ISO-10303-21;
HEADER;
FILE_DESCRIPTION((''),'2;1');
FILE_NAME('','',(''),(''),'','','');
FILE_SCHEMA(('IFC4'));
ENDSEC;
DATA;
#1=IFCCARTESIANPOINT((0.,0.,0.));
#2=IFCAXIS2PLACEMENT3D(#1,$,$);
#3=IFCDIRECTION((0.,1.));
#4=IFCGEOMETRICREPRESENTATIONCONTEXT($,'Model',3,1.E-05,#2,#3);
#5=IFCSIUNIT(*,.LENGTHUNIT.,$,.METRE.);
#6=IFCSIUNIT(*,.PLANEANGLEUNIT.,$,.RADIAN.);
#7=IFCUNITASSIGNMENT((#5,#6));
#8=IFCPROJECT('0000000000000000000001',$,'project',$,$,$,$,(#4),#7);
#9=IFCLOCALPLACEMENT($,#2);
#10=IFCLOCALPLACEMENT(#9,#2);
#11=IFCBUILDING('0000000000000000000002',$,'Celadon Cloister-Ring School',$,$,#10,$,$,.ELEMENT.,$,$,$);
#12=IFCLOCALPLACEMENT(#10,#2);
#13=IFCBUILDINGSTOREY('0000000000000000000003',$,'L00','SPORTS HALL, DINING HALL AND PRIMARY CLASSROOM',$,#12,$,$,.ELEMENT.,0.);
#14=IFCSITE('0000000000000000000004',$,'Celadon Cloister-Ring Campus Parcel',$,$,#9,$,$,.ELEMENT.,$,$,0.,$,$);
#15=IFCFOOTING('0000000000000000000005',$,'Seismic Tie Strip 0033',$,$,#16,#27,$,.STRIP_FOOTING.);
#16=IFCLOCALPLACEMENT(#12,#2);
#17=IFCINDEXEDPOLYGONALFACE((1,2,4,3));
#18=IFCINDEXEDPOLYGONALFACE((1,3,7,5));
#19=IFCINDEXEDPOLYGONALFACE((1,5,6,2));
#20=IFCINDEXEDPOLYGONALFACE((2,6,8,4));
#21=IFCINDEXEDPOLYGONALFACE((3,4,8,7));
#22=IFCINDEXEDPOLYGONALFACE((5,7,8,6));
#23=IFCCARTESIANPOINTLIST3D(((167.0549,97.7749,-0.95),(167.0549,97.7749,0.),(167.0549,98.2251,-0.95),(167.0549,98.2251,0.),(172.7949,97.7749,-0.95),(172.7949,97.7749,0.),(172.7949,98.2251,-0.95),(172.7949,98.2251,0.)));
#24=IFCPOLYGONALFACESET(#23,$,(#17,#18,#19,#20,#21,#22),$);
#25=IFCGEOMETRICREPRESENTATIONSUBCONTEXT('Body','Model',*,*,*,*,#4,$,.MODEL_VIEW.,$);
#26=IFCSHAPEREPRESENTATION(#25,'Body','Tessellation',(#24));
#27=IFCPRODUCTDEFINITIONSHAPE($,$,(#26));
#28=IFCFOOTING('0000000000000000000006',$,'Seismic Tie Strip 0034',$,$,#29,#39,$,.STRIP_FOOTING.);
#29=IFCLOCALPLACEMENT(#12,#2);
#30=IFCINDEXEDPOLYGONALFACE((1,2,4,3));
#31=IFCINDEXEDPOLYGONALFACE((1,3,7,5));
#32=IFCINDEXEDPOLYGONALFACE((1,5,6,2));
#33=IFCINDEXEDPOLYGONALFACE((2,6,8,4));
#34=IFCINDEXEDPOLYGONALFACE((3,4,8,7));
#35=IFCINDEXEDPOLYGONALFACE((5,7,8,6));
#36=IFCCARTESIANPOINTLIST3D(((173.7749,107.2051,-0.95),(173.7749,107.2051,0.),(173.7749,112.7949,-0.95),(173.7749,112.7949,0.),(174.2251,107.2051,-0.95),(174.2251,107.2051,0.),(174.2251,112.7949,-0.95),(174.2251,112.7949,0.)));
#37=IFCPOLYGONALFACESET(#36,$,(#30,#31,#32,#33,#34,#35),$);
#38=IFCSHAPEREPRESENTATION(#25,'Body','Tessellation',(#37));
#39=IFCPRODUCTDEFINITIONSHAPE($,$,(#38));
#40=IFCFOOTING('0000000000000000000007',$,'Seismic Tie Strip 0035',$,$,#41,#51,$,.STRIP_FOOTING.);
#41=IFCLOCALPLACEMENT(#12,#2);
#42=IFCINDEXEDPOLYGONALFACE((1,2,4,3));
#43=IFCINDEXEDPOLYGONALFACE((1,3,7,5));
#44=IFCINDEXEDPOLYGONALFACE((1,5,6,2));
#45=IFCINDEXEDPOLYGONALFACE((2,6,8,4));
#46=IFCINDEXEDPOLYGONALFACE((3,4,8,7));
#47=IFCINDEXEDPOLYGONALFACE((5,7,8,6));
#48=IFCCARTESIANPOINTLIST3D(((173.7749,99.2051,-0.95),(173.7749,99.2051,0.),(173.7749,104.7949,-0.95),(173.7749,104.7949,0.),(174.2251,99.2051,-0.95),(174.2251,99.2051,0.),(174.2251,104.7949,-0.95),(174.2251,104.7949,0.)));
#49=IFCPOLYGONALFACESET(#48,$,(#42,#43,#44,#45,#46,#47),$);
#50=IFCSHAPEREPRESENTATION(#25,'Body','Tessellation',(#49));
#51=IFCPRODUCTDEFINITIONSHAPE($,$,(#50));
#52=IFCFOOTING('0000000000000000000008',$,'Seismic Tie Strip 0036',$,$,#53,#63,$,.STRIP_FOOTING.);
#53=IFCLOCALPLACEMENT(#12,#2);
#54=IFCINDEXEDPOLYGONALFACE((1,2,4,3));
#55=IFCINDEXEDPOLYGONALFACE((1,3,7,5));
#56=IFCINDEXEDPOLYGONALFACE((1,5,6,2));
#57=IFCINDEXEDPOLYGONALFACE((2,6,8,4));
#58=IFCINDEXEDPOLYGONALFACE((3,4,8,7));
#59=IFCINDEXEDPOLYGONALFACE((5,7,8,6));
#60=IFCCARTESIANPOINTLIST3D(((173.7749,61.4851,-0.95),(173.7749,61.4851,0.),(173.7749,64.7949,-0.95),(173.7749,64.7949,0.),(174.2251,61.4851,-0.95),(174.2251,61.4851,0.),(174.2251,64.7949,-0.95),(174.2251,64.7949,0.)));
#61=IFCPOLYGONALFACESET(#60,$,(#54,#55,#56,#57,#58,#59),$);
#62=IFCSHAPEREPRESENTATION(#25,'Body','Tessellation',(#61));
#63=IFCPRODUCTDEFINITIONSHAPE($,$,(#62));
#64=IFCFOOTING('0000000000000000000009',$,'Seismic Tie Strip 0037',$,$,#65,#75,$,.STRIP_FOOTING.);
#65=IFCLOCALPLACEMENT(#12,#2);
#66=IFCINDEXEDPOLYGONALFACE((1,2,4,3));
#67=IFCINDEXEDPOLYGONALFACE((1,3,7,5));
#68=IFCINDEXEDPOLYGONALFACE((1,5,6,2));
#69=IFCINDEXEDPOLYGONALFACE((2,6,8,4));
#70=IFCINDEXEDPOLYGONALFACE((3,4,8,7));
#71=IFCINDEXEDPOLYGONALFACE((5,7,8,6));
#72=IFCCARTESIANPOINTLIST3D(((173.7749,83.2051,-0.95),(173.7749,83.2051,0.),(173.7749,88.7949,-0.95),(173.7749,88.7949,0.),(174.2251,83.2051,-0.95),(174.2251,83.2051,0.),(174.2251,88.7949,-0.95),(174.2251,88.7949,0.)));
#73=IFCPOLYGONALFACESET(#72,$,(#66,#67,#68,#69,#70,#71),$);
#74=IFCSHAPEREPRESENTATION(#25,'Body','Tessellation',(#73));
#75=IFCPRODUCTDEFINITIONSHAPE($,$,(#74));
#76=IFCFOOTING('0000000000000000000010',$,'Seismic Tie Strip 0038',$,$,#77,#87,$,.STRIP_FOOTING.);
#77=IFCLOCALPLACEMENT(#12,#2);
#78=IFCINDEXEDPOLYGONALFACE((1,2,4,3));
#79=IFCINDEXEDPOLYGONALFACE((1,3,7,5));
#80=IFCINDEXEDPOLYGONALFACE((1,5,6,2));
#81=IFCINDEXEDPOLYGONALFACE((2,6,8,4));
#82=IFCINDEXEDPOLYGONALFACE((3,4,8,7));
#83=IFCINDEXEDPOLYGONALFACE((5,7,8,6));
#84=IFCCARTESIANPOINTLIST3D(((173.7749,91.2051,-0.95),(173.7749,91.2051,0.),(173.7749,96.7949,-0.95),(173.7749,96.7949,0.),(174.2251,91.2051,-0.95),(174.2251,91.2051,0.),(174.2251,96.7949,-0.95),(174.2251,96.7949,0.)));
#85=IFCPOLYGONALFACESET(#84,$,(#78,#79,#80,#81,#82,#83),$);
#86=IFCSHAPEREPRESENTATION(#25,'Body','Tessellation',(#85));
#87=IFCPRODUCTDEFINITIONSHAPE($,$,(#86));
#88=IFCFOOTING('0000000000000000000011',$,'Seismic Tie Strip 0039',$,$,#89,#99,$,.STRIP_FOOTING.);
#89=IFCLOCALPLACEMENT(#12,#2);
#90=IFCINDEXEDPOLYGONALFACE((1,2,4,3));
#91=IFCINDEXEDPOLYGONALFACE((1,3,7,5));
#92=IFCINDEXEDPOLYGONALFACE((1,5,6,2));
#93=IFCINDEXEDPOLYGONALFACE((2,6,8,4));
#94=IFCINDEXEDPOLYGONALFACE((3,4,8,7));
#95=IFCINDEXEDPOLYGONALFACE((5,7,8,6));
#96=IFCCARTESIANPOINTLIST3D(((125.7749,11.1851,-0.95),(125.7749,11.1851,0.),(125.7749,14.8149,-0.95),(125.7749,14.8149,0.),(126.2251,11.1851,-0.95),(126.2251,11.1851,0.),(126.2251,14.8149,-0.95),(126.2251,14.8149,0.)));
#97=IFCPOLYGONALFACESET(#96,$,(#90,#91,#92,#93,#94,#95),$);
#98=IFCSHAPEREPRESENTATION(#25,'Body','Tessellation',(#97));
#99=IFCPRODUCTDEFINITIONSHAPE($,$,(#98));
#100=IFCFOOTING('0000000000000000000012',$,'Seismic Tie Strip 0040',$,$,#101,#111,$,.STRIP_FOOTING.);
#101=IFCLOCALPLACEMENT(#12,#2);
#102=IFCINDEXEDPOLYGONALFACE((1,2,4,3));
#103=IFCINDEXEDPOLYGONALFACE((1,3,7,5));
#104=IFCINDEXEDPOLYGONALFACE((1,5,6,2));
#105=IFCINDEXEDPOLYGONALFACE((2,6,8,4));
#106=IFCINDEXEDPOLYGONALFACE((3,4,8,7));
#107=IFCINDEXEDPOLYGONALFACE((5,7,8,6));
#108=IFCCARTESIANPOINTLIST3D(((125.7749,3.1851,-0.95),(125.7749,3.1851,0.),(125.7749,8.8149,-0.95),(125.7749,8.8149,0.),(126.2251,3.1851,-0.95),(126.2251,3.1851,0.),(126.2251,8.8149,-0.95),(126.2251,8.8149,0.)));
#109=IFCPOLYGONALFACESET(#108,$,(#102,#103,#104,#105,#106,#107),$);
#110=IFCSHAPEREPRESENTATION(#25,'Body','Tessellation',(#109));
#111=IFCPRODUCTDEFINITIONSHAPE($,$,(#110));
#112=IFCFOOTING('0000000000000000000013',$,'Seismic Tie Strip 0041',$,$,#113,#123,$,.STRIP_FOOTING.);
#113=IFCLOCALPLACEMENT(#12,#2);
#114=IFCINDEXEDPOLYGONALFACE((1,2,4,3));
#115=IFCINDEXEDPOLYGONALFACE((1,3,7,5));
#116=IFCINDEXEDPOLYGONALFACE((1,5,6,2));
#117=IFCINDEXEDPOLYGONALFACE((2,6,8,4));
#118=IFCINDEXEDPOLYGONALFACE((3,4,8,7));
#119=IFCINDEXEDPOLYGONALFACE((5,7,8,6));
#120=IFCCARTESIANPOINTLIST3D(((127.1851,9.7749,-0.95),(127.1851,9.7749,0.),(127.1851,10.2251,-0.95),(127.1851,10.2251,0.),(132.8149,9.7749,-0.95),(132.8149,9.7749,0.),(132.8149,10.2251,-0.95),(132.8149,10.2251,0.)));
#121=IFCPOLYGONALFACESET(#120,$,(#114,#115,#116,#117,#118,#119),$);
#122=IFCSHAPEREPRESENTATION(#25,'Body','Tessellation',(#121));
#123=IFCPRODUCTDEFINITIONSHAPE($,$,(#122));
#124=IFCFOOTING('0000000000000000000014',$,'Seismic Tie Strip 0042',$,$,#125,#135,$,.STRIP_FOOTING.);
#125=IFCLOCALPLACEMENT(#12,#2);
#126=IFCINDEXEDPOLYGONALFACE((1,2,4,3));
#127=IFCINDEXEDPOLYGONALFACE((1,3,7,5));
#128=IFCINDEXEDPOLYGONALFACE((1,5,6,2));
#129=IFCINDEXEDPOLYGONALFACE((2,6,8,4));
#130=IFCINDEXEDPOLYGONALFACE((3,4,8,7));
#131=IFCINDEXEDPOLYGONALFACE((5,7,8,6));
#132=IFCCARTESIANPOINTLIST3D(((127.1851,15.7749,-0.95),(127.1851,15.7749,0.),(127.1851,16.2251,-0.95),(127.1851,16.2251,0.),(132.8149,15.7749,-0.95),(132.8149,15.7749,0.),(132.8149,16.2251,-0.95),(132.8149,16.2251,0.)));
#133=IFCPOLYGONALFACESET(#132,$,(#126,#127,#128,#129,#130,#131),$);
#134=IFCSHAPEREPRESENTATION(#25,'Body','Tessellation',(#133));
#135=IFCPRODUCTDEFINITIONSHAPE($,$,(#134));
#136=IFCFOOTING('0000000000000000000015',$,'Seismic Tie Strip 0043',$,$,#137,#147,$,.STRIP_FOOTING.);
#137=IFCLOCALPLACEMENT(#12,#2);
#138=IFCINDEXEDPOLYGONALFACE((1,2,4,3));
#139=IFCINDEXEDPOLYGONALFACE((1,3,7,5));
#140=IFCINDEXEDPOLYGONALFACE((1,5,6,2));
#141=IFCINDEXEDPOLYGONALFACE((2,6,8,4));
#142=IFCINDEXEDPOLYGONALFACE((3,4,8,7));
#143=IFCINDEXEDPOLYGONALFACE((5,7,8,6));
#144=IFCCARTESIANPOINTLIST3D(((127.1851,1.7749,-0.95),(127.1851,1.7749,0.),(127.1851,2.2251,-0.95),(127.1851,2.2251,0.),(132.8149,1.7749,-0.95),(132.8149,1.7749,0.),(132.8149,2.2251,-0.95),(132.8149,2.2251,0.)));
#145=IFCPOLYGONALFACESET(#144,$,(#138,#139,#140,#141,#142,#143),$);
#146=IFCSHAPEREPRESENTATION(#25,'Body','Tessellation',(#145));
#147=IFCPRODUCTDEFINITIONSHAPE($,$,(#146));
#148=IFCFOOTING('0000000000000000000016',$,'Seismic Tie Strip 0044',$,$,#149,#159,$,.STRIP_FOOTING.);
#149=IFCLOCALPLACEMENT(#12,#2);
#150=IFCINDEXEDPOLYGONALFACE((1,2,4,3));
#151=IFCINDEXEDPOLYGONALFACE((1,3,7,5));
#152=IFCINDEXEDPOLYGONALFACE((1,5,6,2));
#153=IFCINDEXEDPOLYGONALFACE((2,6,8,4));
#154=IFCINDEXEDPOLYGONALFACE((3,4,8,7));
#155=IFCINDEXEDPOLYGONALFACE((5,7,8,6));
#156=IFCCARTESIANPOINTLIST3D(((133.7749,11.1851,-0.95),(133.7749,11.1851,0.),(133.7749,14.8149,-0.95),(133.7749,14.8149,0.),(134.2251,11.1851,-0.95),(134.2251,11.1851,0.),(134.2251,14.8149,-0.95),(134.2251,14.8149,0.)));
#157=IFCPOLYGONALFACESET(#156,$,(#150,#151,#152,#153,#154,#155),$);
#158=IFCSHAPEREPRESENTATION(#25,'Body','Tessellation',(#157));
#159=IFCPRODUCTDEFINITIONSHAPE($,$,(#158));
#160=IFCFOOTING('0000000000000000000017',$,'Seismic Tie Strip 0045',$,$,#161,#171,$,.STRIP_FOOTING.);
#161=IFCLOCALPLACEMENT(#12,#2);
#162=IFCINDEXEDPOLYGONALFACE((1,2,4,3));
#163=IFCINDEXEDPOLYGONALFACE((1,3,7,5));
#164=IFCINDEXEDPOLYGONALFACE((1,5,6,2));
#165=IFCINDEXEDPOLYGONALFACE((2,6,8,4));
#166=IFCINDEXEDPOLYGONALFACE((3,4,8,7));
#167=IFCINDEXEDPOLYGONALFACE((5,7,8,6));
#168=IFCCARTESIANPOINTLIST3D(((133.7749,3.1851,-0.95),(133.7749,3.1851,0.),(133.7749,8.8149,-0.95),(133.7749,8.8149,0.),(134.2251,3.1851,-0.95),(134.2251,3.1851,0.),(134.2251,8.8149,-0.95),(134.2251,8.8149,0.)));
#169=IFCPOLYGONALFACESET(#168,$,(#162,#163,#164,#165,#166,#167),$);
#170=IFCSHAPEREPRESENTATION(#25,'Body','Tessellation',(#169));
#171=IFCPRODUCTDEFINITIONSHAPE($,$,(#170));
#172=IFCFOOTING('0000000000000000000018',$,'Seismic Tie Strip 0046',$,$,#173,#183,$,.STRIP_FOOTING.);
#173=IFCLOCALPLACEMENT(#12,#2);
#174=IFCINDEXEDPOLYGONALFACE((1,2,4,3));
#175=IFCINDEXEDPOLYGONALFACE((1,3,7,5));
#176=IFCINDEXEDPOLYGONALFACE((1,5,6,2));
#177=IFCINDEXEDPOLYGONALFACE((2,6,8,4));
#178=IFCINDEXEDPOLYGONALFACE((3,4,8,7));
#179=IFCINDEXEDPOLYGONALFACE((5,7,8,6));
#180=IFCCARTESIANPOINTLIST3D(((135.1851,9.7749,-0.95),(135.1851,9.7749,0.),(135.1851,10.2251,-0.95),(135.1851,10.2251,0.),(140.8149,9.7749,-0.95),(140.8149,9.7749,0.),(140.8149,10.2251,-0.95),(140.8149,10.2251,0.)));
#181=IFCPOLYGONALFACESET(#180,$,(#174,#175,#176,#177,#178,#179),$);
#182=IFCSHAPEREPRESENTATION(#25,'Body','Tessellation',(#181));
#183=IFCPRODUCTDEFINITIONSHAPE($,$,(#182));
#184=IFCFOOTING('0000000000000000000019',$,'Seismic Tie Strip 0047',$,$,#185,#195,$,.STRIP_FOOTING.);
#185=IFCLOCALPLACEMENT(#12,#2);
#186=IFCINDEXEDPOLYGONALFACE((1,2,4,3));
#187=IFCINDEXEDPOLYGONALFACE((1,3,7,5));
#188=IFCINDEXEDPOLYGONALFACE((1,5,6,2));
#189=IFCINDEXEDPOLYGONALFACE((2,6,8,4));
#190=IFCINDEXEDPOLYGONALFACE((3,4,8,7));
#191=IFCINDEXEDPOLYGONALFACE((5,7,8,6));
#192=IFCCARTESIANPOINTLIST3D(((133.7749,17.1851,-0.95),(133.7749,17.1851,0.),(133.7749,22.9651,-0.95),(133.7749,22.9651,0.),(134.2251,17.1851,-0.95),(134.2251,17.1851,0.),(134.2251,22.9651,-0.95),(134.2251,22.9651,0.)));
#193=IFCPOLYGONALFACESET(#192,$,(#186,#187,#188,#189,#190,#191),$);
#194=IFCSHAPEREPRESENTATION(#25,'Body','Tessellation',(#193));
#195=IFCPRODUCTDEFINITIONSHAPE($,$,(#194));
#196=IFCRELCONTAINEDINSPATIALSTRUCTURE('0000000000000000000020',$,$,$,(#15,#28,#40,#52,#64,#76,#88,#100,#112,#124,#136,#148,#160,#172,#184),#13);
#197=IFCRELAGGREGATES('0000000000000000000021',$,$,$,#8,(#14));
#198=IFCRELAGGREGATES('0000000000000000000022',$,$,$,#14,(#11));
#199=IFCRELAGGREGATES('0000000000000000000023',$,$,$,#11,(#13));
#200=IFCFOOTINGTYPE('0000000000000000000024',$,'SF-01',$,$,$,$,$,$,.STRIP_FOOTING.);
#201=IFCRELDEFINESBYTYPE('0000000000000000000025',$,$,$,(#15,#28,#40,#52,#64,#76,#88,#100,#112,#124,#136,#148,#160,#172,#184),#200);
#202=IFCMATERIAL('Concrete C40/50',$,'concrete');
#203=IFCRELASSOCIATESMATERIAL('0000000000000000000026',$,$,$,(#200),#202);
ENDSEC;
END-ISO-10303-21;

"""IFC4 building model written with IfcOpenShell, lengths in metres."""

from ifc_helpers import new_model, si_unit, direction, frame, origin, place, context, subcontext, project, spatial, polyline, outline, extrude, material, type_object, element, save


model = new_model("IFC4")

# Units and contexts
model_context = context("Model", 3, precision=1e-05, world=origin(), true_north=direction((0.0, 1.0)))
body_context = subcontext(model_context, "Body", "Model", "MODEL_VIEW")
ifc_project = project(units=[si_unit("LENGTHUNIT", "METRE"), si_unit("PLANEANGLEUNIT", "RADIAN")], contexts=[model_context])

# Site, building, storey
site_placement = place(None, origin())
site = spatial("IfcSite", under=ifc_project, at=site_placement, Name="Celadon Cloister-Ring Campus Parcel", CompositionType="ELEMENT", RefElevation=0.0)
building_placement = place(site_placement, origin())
building = spatial("IfcBuilding", under=site, at=building_placement, Name="Celadon Cloister-Ring School", CompositionType="ELEMENT")
storey_placement = place(building_placement, origin())
storey = spatial("IfcBuildingStorey", under=building, at=storey_placement, Name="L00", Description="SPORTS HALL, DINING HALL AND PRIMARY CLASSROOM", CompositionType="ELEMENT", Elevation=0.0)

# Footings
ifc_material = material(Name="Concrete C40/50", Category="concrete")
footing_type = type_object("IfcFootingType", Name="SF-01", PredefinedType="STRIP_FOOTING", material=ifc_material)
footing_1_placement = place(storey_placement, frame((0.0, 0.0, -0.95)))
element("IfcFooting", 1, at=footing_1_placement, inside=storey, type_object=footing_type, Name="Seismic Tie Strip 0033", PredefinedType="STRIP_FOOTING", context=body_context, shape_type="SweptSolid", body=[
    extrude(outline(polyline([(167.0549, 97.7749), (172.7949, 97.7749), (172.7949, 98.2251), (167.0549, 98.2251), (167.0549, 97.7749)])), origin(), (0.0, 0.0, 1.0), 0.95),
])
footing_2_placement = place(storey_placement, frame((0.0, 0.0, -0.95)))
element("IfcFooting", 2, at=footing_2_placement, inside=storey, type_object=footing_type, Name="Seismic Tie Strip 0034", PredefinedType="STRIP_FOOTING", context=body_context, shape_type="SweptSolid", body=[
    extrude(outline(polyline([(174.2251, 107.2051), (174.2251, 112.7949), (173.7749, 112.7949), (173.7749, 107.2051), (174.2251, 107.2051)])), origin(), (0.0, 0.0, 1.0), 0.95),
])
footing_3_placement = place(storey_placement, frame((0.0, 0.0, -0.95)))
element("IfcFooting", 3, at=footing_3_placement, inside=storey, type_object=footing_type, Name="Seismic Tie Strip 0035", PredefinedType="STRIP_FOOTING", context=body_context, shape_type="SweptSolid", body=[
    extrude(outline(polyline([(173.7749, 104.7949), (173.7749, 99.2051), (174.2251, 99.2051), (174.2251, 104.7949), (173.7749, 104.7949)])), origin(), (0.0, 0.0, 1.0), 0.95),
])
footing_4_placement = place(storey_placement, frame((0.0, 0.0, -0.95)))
element("IfcFooting", 4, at=footing_4_placement, inside=storey, type_object=footing_type, Name="Seismic Tie Strip 0036", PredefinedType="STRIP_FOOTING", context=body_context, shape_type="SweptSolid", body=[
    extrude(outline(polyline([(173.7749, 64.7949), (173.7749, 61.4851), (174.2251, 61.4851), (174.2251, 64.7949), (173.7749, 64.7949)])), origin(), (0.0, 0.0, 1.0), 0.95),
])
footing_5_placement = place(storey_placement, frame((0.0, 0.0, -0.95)))
element("IfcFooting", 5, at=footing_5_placement, inside=storey, type_object=footing_type, Name="Seismic Tie Strip 0037", PredefinedType="STRIP_FOOTING", context=body_context, shape_type="SweptSolid", body=[
    extrude(outline(polyline([(174.2251, 83.2051), (174.2251, 88.7949), (173.7749, 88.7949), (173.7749, 83.2051), (174.2251, 83.2051)])), origin(), (0.0, 0.0, 1.0), 0.95),
])
footing_6_placement = place(storey_placement, frame((0.0, 0.0, -0.95)))
element("IfcFooting", 6, at=footing_6_placement, inside=storey, type_object=footing_type, Name="Seismic Tie Strip 0038", PredefinedType="STRIP_FOOTING", context=body_context, shape_type="SweptSolid", body=[
    extrude(outline(polyline([(174.2251, 91.2051), (174.2251, 96.7949), (173.7749, 96.7949), (173.7749, 91.2051), (174.2251, 91.2051)])), origin(), (0.0, 0.0, 1.0), 0.95),
])
footing_7_placement = place(storey_placement, frame((0.0, 0.0, -0.95)))
element("IfcFooting", 7, at=footing_7_placement, inside=storey, type_object=footing_type, Name="Seismic Tie Strip 0039", PredefinedType="STRIP_FOOTING", context=body_context, shape_type="SweptSolid", body=[
    extrude(outline(polyline([(126.2251, 11.1851), (126.2251, 14.8149), (125.7749, 14.8149), (125.7749, 11.1851), (126.2251, 11.1851)])), origin(), (0.0, 0.0, 1.0), 0.95),
])
footing_8_placement = place(storey_placement, frame((0.0, 0.0, -0.95)))
element("IfcFooting", 8, at=footing_8_placement, inside=storey, type_object=footing_type, Name="Seismic Tie Strip 0040", PredefinedType="STRIP_FOOTING", context=body_context, shape_type="SweptSolid", body=[
    extrude(outline(polyline([(125.7749, 8.8149), (125.7749, 3.1851), (126.2251, 3.1851), (126.2251, 8.8149), (125.7749, 8.8149)])), origin(), (0.0, 0.0, 1.0), 0.95),
])
footing_9_placement = place(storey_placement, frame((0.0, 0.0, -0.95)))
element("IfcFooting", 9, at=footing_9_placement, inside=storey, type_object=footing_type, Name="Seismic Tie Strip 0041", PredefinedType="STRIP_FOOTING", context=body_context, shape_type="SweptSolid", body=[
    extrude(outline(polyline([(127.1851, 9.7749), (132.8149, 9.7749), (132.8149, 10.2251), (127.1851, 10.2251), (127.1851, 9.7749)])), origin(), (0.0, 0.0, 1.0), 0.95),
])
footing_10_placement = place(storey_placement, frame((0.0, 0.0, -0.95)))
element("IfcFooting", 10, at=footing_10_placement, inside=storey, type_object=footing_type, Name="Seismic Tie Strip 0042", PredefinedType="STRIP_FOOTING", context=body_context, shape_type="SweptSolid", body=[
    extrude(outline(polyline([(127.1851, 15.7749), (132.8149, 15.7749), (132.8149, 16.2251), (127.1851, 16.2251), (127.1851, 15.7749)])), origin(), (0.0, 0.0, 1.0), 0.95),
])
footing_11_placement = place(storey_placement, frame((0.0, 0.0, -0.95)))
element("IfcFooting", 11, at=footing_11_placement, inside=storey, type_object=footing_type, Name="Seismic Tie Strip 0043", PredefinedType="STRIP_FOOTING", context=body_context, shape_type="SweptSolid", body=[
    extrude(outline(polyline([(127.1851, 1.7749), (132.8149, 1.7749), (132.8149, 2.2251), (127.1851, 2.2251), (127.1851, 1.7749)])), origin(), (0.0, 0.0, 1.0), 0.95),
])
footing_12_placement = place(storey_placement, frame((0.0, 0.0, -0.95)))
element("IfcFooting", 12, at=footing_12_placement, inside=storey, type_object=footing_type, Name="Seismic Tie Strip 0044", PredefinedType="STRIP_FOOTING", context=body_context, shape_type="SweptSolid", body=[
    extrude(outline(polyline([(134.2251, 11.1851), (134.2251, 14.8149), (133.7749, 14.8149), (133.7749, 11.1851), (134.2251, 11.1851)])), origin(), (0.0, 0.0, 1.0), 0.95),
])
footing_13_placement = place(storey_placement, frame((0.0, 0.0, -0.95)))
element("IfcFooting", 13, at=footing_13_placement, inside=storey, type_object=footing_type, Name="Seismic Tie Strip 0045", PredefinedType="STRIP_FOOTING", context=body_context, shape_type="SweptSolid", body=[
    extrude(outline(polyline([(133.7749, 8.8149), (133.7749, 3.1851), (134.2251, 3.1851), (134.2251, 8.8149), (133.7749, 8.8149)])), origin(), (0.0, 0.0, 1.0), 0.95),
])
footing_14_placement = place(storey_placement, frame((0.0, 0.0, -0.95)))
element("IfcFooting", 14, at=footing_14_placement, inside=storey, type_object=footing_type, Name="Seismic Tie Strip 0046", PredefinedType="STRIP_FOOTING", context=body_context, shape_type="SweptSolid", body=[
    extrude(outline(polyline([(135.1851, 9.7749), (140.8149, 9.7749), (140.8149, 10.2251), (135.1851, 10.2251), (135.1851, 9.7749)])), origin(), (0.0, 0.0, 1.0), 0.95),
])
footing_15_placement = place(storey_placement, frame((0.0, 0.0, -0.95)))
element("IfcFooting", 15, at=footing_15_placement, inside=storey, type_object=footing_type, Name="Seismic Tie Strip 0047", PredefinedType="STRIP_FOOTING", context=body_context, shape_type="SweptSolid", body=[
    extrude(outline(polyline([(134.2251, 17.1851), (134.2251, 22.9651), (133.7749, 22.9651), (133.7749, 17.1851), (134.2251, 17.1851)])), origin(), (0.0, 0.0, 1.0), 0.95),
])

save(model, "model.ifc")
